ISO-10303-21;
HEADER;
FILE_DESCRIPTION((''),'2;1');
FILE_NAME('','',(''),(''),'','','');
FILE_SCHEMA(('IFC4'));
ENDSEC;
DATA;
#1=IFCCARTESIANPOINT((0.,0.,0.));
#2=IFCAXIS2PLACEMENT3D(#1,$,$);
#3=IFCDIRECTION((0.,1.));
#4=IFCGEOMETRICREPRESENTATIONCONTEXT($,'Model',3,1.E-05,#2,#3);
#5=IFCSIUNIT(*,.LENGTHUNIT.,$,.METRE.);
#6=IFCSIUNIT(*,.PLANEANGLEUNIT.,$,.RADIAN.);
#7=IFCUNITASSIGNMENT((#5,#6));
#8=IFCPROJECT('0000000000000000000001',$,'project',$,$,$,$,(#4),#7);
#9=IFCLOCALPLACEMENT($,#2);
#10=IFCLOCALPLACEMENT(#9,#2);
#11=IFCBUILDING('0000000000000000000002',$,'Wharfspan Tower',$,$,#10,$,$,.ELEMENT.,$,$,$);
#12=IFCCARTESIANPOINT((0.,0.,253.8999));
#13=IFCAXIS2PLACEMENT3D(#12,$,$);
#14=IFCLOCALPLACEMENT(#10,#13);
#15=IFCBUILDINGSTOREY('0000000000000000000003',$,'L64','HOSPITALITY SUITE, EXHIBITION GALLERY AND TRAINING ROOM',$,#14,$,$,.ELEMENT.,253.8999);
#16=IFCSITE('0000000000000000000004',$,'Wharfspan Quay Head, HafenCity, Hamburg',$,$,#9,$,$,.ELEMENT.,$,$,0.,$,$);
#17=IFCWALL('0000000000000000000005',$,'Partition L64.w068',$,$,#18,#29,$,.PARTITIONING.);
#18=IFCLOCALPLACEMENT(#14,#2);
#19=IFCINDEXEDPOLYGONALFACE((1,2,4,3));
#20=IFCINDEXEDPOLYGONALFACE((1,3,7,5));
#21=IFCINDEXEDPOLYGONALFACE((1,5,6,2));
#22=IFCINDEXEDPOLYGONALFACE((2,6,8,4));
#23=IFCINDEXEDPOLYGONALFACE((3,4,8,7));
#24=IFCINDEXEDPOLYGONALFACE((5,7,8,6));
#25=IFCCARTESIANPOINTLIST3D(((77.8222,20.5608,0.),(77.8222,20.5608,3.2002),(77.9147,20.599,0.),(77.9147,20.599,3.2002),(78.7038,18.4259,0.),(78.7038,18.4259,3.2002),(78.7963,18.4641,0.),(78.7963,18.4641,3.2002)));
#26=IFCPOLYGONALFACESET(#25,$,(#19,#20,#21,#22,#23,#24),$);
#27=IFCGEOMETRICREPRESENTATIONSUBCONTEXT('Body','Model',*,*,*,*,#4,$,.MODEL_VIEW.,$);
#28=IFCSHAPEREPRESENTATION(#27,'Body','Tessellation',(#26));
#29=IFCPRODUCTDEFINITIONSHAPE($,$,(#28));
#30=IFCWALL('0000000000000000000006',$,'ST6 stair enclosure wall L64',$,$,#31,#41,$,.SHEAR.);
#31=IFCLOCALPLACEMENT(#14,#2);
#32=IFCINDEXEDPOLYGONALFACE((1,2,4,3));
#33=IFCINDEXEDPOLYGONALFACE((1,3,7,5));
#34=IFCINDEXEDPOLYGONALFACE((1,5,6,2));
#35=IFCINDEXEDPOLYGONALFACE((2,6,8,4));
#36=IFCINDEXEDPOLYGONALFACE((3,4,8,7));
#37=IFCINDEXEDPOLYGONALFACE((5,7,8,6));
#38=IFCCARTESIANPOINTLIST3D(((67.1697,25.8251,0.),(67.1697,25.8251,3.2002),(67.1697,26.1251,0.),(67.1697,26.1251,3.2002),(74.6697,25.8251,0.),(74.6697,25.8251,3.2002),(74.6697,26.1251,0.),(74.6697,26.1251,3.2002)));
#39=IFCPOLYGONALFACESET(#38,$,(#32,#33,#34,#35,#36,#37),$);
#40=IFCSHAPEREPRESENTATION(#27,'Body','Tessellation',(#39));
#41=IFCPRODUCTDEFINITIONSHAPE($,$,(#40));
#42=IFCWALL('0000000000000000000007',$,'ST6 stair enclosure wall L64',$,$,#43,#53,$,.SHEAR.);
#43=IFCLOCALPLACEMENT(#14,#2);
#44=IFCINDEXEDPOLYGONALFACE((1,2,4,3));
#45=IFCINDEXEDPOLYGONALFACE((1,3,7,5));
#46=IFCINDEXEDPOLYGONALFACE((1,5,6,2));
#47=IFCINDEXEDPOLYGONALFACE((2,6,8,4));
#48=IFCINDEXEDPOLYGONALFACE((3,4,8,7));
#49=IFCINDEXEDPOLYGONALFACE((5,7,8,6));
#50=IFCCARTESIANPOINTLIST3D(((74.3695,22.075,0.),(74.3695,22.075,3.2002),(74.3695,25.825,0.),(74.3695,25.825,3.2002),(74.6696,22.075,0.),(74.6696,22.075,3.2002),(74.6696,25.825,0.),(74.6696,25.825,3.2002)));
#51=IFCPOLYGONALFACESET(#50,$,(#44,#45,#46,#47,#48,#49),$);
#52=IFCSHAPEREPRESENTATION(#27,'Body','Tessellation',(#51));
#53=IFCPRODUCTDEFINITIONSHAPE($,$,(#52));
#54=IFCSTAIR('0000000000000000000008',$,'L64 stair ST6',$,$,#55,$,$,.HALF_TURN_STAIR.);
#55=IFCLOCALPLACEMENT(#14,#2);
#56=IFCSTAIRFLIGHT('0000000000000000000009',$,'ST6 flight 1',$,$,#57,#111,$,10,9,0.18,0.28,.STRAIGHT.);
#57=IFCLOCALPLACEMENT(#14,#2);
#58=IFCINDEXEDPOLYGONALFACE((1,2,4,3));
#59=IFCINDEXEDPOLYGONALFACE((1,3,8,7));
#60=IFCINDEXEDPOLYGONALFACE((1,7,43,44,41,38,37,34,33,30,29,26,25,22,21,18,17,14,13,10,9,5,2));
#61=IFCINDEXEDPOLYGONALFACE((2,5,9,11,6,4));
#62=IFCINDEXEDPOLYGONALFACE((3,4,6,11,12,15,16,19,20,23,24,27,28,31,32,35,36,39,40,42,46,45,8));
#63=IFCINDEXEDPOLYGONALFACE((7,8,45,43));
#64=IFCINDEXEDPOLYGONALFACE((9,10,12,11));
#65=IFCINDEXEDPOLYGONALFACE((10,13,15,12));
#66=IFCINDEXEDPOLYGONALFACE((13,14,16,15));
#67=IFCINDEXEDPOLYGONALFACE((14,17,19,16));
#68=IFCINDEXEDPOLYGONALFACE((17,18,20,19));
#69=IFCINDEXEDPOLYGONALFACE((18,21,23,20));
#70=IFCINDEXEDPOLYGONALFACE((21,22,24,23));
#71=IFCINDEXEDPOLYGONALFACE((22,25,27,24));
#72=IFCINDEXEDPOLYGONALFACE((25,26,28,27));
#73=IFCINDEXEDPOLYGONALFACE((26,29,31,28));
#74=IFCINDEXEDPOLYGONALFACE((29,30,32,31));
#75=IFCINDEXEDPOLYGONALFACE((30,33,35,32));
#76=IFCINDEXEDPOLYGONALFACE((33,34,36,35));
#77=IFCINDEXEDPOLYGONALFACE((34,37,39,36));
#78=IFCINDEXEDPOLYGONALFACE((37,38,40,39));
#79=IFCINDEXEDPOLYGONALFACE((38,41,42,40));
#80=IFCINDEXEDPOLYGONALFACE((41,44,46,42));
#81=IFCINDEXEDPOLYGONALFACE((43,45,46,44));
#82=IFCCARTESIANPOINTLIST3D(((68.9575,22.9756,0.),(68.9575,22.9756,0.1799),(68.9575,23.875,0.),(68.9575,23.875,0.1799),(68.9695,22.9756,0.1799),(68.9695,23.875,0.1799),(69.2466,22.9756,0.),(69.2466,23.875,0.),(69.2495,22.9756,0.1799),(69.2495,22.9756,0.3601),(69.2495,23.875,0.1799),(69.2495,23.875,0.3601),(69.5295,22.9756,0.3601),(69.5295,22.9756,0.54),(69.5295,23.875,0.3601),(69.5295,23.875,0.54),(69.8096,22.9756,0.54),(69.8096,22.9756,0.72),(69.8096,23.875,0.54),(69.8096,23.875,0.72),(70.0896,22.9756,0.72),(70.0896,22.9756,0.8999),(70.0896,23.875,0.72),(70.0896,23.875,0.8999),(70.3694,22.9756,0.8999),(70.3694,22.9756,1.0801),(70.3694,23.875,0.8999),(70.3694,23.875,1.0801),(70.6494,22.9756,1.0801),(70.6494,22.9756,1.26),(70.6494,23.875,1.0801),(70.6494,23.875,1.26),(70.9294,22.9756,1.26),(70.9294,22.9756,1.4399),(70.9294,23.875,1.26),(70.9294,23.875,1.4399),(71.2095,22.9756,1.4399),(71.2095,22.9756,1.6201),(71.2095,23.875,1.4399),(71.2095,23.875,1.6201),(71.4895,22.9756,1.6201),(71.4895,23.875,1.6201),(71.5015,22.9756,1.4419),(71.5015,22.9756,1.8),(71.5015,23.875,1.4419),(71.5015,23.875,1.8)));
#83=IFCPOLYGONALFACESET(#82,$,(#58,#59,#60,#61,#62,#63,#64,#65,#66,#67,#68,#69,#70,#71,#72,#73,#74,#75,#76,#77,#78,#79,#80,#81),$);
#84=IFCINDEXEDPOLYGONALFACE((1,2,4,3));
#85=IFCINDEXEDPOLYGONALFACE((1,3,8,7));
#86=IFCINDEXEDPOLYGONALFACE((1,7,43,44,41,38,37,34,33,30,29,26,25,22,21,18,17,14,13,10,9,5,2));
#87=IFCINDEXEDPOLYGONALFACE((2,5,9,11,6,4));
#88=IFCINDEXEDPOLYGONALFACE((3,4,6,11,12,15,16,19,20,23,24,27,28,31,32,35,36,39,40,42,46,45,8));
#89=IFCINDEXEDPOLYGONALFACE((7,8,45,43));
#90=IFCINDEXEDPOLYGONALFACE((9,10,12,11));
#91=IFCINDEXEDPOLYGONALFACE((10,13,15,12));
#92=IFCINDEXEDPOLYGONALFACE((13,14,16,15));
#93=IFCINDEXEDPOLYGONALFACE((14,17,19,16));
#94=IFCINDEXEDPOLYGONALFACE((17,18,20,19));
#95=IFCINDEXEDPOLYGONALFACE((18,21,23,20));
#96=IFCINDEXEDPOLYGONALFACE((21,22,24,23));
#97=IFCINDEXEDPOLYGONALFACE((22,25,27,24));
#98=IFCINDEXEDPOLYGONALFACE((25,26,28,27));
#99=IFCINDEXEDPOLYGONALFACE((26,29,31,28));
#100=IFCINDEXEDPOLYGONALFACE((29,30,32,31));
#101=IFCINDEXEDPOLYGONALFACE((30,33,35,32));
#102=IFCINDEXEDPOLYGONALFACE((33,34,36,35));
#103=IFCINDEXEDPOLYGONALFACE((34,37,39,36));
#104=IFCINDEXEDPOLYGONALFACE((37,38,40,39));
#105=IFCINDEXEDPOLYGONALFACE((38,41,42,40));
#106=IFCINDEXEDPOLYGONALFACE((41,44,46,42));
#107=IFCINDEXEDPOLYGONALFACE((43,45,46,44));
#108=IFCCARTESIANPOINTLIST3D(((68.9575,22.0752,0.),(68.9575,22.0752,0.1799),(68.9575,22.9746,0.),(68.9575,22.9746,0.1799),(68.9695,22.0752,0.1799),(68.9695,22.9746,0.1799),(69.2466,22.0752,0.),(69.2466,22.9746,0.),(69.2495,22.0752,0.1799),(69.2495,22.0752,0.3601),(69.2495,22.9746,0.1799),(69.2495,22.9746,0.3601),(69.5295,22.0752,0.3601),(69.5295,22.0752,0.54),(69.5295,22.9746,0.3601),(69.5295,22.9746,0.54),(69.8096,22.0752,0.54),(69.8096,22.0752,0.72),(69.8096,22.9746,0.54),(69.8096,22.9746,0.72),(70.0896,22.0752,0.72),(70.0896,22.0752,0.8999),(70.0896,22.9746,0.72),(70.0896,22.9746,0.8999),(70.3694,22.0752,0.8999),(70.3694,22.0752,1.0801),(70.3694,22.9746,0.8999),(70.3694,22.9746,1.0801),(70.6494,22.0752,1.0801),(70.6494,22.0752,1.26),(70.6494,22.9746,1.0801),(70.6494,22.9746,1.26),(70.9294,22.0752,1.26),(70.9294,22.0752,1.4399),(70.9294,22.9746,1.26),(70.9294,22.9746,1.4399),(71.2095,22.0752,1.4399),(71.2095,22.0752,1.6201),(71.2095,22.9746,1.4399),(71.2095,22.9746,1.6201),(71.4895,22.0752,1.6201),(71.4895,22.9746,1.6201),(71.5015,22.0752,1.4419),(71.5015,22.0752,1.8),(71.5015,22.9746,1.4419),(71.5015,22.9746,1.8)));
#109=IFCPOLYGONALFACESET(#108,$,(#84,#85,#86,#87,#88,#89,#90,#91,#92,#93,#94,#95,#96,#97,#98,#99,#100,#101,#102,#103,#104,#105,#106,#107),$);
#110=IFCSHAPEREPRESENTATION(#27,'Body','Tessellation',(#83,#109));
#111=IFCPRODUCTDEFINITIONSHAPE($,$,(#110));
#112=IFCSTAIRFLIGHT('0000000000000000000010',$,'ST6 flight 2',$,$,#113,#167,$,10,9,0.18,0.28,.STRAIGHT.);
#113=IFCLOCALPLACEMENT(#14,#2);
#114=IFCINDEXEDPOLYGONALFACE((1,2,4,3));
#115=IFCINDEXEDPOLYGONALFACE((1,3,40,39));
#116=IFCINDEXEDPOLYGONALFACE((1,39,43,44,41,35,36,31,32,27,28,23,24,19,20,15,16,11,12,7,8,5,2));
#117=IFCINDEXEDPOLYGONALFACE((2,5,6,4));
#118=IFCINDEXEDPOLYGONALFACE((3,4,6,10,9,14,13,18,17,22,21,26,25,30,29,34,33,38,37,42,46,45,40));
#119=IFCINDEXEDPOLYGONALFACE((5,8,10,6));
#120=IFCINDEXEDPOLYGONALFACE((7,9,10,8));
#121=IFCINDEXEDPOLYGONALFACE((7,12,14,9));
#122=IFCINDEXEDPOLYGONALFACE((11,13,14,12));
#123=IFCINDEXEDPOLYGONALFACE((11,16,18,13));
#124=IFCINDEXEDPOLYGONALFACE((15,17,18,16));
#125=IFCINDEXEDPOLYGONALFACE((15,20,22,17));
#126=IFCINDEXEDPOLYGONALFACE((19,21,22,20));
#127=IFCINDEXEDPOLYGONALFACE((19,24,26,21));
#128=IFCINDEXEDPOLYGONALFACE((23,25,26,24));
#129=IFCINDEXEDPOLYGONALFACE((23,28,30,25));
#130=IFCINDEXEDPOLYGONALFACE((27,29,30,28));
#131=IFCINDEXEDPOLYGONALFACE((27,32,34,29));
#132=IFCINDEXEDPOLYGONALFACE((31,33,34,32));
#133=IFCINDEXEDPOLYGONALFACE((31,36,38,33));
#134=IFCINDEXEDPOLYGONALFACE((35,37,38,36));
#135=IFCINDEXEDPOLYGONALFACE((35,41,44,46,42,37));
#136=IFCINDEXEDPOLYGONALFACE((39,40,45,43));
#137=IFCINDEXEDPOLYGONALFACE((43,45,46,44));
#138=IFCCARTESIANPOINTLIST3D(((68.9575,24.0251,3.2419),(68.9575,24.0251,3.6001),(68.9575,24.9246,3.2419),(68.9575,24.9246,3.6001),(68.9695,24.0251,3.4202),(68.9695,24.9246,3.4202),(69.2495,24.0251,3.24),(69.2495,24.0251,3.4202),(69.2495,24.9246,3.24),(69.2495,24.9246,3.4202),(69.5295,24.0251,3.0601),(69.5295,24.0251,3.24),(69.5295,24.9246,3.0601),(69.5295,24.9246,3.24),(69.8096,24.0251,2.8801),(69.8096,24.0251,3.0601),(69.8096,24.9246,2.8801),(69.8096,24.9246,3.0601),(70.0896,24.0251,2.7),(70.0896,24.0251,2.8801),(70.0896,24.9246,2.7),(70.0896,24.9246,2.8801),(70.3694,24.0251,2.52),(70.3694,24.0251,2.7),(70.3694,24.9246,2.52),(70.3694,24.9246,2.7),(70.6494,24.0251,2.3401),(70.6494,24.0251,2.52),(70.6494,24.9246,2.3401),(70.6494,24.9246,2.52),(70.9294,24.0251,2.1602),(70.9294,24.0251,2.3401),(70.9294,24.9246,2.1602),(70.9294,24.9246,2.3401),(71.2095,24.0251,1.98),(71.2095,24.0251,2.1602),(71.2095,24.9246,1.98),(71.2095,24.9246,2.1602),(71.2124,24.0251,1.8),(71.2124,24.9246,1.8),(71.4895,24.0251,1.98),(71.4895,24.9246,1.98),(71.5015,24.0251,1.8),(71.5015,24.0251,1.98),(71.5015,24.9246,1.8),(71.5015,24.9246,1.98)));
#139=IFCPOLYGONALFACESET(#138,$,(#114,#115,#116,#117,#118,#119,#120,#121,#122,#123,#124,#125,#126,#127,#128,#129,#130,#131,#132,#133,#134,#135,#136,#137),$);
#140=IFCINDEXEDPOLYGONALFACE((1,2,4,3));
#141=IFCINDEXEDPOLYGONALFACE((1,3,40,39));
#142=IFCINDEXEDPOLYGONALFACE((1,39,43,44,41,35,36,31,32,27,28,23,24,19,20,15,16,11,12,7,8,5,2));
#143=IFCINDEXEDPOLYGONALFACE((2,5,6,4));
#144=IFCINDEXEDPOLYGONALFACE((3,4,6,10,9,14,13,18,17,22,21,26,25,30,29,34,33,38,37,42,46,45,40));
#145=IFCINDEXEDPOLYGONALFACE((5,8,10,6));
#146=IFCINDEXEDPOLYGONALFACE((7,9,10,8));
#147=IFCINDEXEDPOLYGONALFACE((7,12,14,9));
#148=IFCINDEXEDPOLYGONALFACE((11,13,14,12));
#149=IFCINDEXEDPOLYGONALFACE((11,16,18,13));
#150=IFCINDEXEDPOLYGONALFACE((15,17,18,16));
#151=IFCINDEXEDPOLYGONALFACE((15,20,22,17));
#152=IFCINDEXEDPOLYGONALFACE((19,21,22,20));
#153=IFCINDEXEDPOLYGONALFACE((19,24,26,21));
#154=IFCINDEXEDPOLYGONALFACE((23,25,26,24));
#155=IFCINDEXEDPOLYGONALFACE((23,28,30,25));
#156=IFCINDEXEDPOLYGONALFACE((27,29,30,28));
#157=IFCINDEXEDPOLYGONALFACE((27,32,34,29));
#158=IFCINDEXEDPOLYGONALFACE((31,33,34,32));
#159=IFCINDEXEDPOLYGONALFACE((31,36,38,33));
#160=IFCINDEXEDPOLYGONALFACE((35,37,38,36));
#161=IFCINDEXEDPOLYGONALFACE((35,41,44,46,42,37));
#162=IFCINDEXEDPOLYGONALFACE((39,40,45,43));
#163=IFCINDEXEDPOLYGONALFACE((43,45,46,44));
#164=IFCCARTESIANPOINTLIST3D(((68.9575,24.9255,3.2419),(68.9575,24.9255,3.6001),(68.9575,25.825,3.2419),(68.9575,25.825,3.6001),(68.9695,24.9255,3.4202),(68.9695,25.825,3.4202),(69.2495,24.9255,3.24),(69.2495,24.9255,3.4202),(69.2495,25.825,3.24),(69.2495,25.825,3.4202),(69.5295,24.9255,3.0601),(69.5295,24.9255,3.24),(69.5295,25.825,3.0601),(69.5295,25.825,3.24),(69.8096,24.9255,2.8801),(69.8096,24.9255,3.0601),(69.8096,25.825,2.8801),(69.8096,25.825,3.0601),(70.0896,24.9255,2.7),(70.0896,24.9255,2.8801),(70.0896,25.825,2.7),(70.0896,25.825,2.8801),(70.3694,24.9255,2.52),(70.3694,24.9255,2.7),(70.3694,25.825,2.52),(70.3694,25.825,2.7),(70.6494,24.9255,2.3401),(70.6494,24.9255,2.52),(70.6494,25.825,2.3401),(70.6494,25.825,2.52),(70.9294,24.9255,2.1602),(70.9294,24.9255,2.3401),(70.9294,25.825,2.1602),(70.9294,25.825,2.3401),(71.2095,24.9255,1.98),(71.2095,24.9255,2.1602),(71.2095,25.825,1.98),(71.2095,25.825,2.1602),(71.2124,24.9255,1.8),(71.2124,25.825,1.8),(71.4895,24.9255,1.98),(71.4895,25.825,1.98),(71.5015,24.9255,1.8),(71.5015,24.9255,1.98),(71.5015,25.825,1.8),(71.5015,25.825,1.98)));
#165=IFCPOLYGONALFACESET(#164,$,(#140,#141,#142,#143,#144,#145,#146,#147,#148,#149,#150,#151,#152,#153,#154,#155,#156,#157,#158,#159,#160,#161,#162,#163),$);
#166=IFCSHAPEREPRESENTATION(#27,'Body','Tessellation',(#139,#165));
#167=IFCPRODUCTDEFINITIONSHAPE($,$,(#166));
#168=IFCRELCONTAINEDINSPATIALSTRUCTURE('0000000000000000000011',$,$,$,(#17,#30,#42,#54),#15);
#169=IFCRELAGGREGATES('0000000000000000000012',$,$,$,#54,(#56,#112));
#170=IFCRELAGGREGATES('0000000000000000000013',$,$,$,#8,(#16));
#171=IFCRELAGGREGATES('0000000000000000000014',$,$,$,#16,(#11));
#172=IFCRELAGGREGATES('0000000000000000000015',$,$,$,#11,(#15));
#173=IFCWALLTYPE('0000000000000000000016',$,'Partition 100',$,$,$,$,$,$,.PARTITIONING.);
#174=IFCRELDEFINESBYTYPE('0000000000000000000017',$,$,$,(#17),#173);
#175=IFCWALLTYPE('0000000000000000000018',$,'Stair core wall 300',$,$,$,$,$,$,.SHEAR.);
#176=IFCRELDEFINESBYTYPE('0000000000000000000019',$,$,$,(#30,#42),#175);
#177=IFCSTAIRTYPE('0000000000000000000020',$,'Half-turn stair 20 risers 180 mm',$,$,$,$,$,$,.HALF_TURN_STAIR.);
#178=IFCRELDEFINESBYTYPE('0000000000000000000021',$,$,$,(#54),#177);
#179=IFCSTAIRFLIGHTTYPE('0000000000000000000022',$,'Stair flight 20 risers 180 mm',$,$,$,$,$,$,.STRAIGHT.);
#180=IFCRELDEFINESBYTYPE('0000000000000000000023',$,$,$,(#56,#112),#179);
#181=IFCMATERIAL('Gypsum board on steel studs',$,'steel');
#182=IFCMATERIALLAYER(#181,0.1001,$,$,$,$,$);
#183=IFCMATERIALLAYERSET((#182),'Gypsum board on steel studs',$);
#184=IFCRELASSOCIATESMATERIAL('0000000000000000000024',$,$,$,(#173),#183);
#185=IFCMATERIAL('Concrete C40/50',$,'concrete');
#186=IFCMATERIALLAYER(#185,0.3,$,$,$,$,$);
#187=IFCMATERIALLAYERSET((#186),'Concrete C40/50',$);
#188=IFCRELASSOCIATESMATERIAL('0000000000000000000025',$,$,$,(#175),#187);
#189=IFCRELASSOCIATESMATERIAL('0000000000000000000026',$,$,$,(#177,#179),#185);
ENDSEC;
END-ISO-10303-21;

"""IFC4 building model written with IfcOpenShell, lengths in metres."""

from ifc_helpers import new_model, si_unit, direction, frame, frame_2d, origin, place, context, subcontext, project, spatial, polyline, rectangle, outline, extrude, material, layer, layer_set, type_object, element, aggregate, save


model = new_model("IFC4")

# Units and contexts
model_context = context("Model", 3, precision=1e-05, world=origin(), true_north=direction((0.0, 1.0)))
body_context = subcontext(model_context, "Body", "Model", "MODEL_VIEW")
ifc_project = project(units=[si_unit("LENGTHUNIT", "METRE"), si_unit("PLANEANGLEUNIT", "RADIAN")], contexts=[model_context])

# Site, building, storey
site_placement = place(None, origin())
site = spatial("IfcSite", under=ifc_project, at=site_placement, Name="Wharfspan Quay Head, HafenCity, Hamburg", CompositionType="ELEMENT", RefElevation=0.0)
building_placement = place(site_placement, origin())
building = spatial("IfcBuilding", under=site, at=building_placement, Name="Wharfspan Tower", CompositionType="ELEMENT")
storey_placement = place(building_placement, frame((0.0, 0.0, 253.8999)))
storey = spatial("IfcBuildingStorey", under=building, at=storey_placement, Name="L64", Description="HOSPITALITY SUITE, EXHIBITION GALLERY AND TRAINING ROOM", CompositionType="ELEMENT", Elevation=253.8999)

# Shared definitions
ifc_material_1 = material(Name="Gypsum board on steel studs", Category="steel")

# Walls
ifc_layer_1 = layer(ifc_material_1, 0.1001)
ifc_layer_set_1 = layer_set([ifc_layer_1], Name="Gypsum board on steel studs")
wall_type_1 = type_object("IfcWallType", Name="Partition 100", PredefinedType="PARTITIONING", material=ifc_layer_set_1)
wall_1_placement = place(storey_placement, frame((78.75, 18.4451, 0.0), z_axis=(0.0, 0.0, 1.0), x_axis=(-0.381663, 0.924299, 0.0)))
element("IfcWall", 1, at=wall_1_placement, inside=storey, type_object=wall_type_1, Name="Partition L64.w068", PredefinedType="PARTITIONING", context=body_context, shape_type="SweptSolid", body=[
    extrude(rectangle(XDim=2.3098, YDim=0.1001, at=frame_2d((1.1548, 0.0))), origin(), (0.0, 0.0, 1.0), 3.2002),
])
ifc_material_2 = material(Name="Concrete C40/50", Category="concrete")
ifc_layer_2 = layer(ifc_material_2, 0.3)
ifc_layer_set_2 = layer_set([ifc_layer_2], Name="Concrete C40/50")
wall_type_2 = type_object("IfcWallType", Name="Stair core wall 300", PredefinedType="SHEAR", material=ifc_layer_set_2)
wall_2_placement = place(storey_placement, frame((67.1697, 25.9751, 0.0), z_axis=(0.0, 0.0, 1.0), x_axis=(1.0, 0.0, 0.0)))
element("IfcWall", 2, at=wall_2_placement, inside=storey, type_object=wall_type_2, Name="ST6 stair enclosure wall L64", PredefinedType="SHEAR", context=body_context, shape_type="SweptSolid", body=[
    extrude(rectangle(XDim=7.5, YDim=0.3, at=frame_2d((3.75, 0.0))), origin(), (0.0, 0.0, 1.0), 3.2002),
])
wall_3_placement = place(storey_placement, frame((74.5195, 22.075, 0.0), z_axis=(0.0, 0.0, 1.0), x_axis=(0.0, 1.0, 0.0)))
element("IfcWall", 3, at=wall_3_placement, inside=storey, type_object=wall_type_2, Name="ST6 stair enclosure wall L64", PredefinedType="SHEAR", context=body_context, shape_type="SweptSolid", body=[
    extrude(rectangle(XDim=3.75, YDim=0.3, at=frame_2d((1.875, 0.0))), origin(), (0.0, 0.0, 1.0), 3.2002),
])

# Stair, stair flights
stair_type = type_object("IfcStairType", Name="Half-turn stair 20 risers 180 mm", PredefinedType="HALF_TURN_STAIR", material=ifc_material_2)
stair_placement = place(storey_placement, origin())
stair = element("IfcStair", 4, at=stair_placement, inside=storey, type_object=stair_type, Name="L64 stair ST6", PredefinedType="HALF_TURN_STAIR")
stair_flight_type = type_object("IfcStairFlightType", Name="Stair flight 20 risers 180 mm", PredefinedType="STRAIGHT", material=ifc_material_2)
stair_flight_1_placement = place(storey_placement, frame((68.9695, 22.9751, 0.0), z_axis=(0.0, 0.0, 1.0), x_axis=(1.0, 0.0, 0.0)))
stair_flight_1 = element("IfcStairFlight", 5, at=stair_flight_1_placement, type_object=stair_flight_type, Name="ST6 flight 1", NumberOfRisers=10, NumberOfTreads=9, PredefinedType="STRAIGHT", RiserHeight=0.18, TreadLength=0.28, context=body_context, shape_type="SweptSolid", body=[
    extrude(outline(polyline([(-0.012, 0.0), (-0.012, 0.1799), (0.0, 0.1799), (0.28, 0.1799), (0.28, 0.3601), (0.5601, 0.3601), (0.5601, 0.54), (0.8401, 0.54), (0.8401, 0.72), (1.1201, 0.72), (1.1201, 0.8999), (1.3999, 0.8999), (1.3999, 1.0801), (1.6799, 1.0801), (1.6799, 1.26), (1.96, 1.26), (1.96, 1.4399), (2.24, 1.4399), (2.24, 1.6201), (2.52, 1.6201), (2.532, 1.8), (2.532, 1.4419), (0.2771, 0.0), (-0.012, 0.0)])), frame((0.0, 0.8999, 0.0), z_axis=(0.0, -1.0, 0.0), x_axis=(1.0, 0.0, 0.0)), (0.0, 0.0, 1.0), 0.8994),
    extrude(outline(polyline([(-0.012, 0.0), (-0.012, 0.1799), (0.0, 0.1799), (0.28, 0.1799), (0.28, 0.3601), (0.5601, 0.3601), (0.5601, 0.54), (0.8401, 0.54), (0.8401, 0.72), (1.1201, 0.72), (1.1201, 0.8999), (1.3999, 0.8999), (1.3999, 1.0801), (1.6799, 1.0801), (1.6799, 1.26), (1.96, 1.26), (1.96, 1.4399), (2.24, 1.4399), (2.24, 1.6201), (2.52, 1.6201), (2.532, 1.8), (2.532, 1.4419), (0.2771, 0.0), (-0.012, 0.0)])), frame((0.0, -0.0005, 0.0), z_axis=(0.0, -1.0, 0.0), x_axis=(1.0, 0.0, 0.0)), (0.0, 0.0, 1.0), 0.8994),
])
stair_flight_2_placement = place(storey_placement, frame((71.4895, 24.925, 1.8), z_axis=(0.0, 0.0, 1.0), x_axis=(-1.0, 0.0, 0.0)))
stair_flight_2 = element("IfcStairFlight", 6, at=stair_flight_2_placement, type_object=stair_flight_type, Name="ST6 flight 2", NumberOfRisers=10, NumberOfTreads=9, PredefinedType="STRAIGHT", RiserHeight=0.18, TreadLength=0.28, context=body_context, shape_type="SweptSolid", body=[
    extrude(outline(polyline([(-0.012, 0.0), (-0.012, 0.1799), (0.0, 0.1799), (0.28, 0.1799), (0.28, 0.3601), (0.5601, 0.3601), (0.5601, 0.54), (0.8401, 0.54), (0.8401, 0.72), (1.1201, 0.72), (1.1201, 0.8999), (1.3999, 0.8999), (1.3999, 1.0801), (1.6799, 1.0801), (1.6799, 1.26), (1.96, 1.26), (1.96, 1.4399), (2.24, 1.4399), (2.24, 1.6201), (2.52, 1.6201), (2.532, 1.8), (2.532, 1.4419), (0.2771, 0.0), (-0.012, 0.0)])), frame((0.0, 0.8999, 0.0), z_axis=(0.0, -1.0, 0.0), x_axis=(1.0, 0.0, 0.0)), (0.0, 0.0, 1.0), 0.8994),
    extrude(outline(polyline([(-0.012, 0.0), (-0.012, 0.1799), (0.0, 0.1799), (0.28, 0.1799), (0.28, 0.3601), (0.5601, 0.3601), (0.5601, 0.54), (0.8401, 0.54), (0.8401, 0.72), (1.1201, 0.72), (1.1201, 0.8999), (1.3999, 0.8999), (1.3999, 1.0801), (1.6799, 1.0801), (1.6799, 1.26), (1.96, 1.26), (1.96, 1.4399), (2.24, 1.4399), (2.24, 1.6201), (2.52, 1.6201), (2.532, 1.8), (2.532, 1.4419), (0.2771, 0.0), (-0.012, 0.0)])), frame((0.0, -0.0005, 0.0), z_axis=(0.0, -1.0, 0.0), x_axis=(1.0, 0.0, 0.0)), (0.0, 0.0, 1.0), 0.8994),
])
aggregate(stair, [stair_flight_1, stair_flight_2])

save(model, "model.ifc")
